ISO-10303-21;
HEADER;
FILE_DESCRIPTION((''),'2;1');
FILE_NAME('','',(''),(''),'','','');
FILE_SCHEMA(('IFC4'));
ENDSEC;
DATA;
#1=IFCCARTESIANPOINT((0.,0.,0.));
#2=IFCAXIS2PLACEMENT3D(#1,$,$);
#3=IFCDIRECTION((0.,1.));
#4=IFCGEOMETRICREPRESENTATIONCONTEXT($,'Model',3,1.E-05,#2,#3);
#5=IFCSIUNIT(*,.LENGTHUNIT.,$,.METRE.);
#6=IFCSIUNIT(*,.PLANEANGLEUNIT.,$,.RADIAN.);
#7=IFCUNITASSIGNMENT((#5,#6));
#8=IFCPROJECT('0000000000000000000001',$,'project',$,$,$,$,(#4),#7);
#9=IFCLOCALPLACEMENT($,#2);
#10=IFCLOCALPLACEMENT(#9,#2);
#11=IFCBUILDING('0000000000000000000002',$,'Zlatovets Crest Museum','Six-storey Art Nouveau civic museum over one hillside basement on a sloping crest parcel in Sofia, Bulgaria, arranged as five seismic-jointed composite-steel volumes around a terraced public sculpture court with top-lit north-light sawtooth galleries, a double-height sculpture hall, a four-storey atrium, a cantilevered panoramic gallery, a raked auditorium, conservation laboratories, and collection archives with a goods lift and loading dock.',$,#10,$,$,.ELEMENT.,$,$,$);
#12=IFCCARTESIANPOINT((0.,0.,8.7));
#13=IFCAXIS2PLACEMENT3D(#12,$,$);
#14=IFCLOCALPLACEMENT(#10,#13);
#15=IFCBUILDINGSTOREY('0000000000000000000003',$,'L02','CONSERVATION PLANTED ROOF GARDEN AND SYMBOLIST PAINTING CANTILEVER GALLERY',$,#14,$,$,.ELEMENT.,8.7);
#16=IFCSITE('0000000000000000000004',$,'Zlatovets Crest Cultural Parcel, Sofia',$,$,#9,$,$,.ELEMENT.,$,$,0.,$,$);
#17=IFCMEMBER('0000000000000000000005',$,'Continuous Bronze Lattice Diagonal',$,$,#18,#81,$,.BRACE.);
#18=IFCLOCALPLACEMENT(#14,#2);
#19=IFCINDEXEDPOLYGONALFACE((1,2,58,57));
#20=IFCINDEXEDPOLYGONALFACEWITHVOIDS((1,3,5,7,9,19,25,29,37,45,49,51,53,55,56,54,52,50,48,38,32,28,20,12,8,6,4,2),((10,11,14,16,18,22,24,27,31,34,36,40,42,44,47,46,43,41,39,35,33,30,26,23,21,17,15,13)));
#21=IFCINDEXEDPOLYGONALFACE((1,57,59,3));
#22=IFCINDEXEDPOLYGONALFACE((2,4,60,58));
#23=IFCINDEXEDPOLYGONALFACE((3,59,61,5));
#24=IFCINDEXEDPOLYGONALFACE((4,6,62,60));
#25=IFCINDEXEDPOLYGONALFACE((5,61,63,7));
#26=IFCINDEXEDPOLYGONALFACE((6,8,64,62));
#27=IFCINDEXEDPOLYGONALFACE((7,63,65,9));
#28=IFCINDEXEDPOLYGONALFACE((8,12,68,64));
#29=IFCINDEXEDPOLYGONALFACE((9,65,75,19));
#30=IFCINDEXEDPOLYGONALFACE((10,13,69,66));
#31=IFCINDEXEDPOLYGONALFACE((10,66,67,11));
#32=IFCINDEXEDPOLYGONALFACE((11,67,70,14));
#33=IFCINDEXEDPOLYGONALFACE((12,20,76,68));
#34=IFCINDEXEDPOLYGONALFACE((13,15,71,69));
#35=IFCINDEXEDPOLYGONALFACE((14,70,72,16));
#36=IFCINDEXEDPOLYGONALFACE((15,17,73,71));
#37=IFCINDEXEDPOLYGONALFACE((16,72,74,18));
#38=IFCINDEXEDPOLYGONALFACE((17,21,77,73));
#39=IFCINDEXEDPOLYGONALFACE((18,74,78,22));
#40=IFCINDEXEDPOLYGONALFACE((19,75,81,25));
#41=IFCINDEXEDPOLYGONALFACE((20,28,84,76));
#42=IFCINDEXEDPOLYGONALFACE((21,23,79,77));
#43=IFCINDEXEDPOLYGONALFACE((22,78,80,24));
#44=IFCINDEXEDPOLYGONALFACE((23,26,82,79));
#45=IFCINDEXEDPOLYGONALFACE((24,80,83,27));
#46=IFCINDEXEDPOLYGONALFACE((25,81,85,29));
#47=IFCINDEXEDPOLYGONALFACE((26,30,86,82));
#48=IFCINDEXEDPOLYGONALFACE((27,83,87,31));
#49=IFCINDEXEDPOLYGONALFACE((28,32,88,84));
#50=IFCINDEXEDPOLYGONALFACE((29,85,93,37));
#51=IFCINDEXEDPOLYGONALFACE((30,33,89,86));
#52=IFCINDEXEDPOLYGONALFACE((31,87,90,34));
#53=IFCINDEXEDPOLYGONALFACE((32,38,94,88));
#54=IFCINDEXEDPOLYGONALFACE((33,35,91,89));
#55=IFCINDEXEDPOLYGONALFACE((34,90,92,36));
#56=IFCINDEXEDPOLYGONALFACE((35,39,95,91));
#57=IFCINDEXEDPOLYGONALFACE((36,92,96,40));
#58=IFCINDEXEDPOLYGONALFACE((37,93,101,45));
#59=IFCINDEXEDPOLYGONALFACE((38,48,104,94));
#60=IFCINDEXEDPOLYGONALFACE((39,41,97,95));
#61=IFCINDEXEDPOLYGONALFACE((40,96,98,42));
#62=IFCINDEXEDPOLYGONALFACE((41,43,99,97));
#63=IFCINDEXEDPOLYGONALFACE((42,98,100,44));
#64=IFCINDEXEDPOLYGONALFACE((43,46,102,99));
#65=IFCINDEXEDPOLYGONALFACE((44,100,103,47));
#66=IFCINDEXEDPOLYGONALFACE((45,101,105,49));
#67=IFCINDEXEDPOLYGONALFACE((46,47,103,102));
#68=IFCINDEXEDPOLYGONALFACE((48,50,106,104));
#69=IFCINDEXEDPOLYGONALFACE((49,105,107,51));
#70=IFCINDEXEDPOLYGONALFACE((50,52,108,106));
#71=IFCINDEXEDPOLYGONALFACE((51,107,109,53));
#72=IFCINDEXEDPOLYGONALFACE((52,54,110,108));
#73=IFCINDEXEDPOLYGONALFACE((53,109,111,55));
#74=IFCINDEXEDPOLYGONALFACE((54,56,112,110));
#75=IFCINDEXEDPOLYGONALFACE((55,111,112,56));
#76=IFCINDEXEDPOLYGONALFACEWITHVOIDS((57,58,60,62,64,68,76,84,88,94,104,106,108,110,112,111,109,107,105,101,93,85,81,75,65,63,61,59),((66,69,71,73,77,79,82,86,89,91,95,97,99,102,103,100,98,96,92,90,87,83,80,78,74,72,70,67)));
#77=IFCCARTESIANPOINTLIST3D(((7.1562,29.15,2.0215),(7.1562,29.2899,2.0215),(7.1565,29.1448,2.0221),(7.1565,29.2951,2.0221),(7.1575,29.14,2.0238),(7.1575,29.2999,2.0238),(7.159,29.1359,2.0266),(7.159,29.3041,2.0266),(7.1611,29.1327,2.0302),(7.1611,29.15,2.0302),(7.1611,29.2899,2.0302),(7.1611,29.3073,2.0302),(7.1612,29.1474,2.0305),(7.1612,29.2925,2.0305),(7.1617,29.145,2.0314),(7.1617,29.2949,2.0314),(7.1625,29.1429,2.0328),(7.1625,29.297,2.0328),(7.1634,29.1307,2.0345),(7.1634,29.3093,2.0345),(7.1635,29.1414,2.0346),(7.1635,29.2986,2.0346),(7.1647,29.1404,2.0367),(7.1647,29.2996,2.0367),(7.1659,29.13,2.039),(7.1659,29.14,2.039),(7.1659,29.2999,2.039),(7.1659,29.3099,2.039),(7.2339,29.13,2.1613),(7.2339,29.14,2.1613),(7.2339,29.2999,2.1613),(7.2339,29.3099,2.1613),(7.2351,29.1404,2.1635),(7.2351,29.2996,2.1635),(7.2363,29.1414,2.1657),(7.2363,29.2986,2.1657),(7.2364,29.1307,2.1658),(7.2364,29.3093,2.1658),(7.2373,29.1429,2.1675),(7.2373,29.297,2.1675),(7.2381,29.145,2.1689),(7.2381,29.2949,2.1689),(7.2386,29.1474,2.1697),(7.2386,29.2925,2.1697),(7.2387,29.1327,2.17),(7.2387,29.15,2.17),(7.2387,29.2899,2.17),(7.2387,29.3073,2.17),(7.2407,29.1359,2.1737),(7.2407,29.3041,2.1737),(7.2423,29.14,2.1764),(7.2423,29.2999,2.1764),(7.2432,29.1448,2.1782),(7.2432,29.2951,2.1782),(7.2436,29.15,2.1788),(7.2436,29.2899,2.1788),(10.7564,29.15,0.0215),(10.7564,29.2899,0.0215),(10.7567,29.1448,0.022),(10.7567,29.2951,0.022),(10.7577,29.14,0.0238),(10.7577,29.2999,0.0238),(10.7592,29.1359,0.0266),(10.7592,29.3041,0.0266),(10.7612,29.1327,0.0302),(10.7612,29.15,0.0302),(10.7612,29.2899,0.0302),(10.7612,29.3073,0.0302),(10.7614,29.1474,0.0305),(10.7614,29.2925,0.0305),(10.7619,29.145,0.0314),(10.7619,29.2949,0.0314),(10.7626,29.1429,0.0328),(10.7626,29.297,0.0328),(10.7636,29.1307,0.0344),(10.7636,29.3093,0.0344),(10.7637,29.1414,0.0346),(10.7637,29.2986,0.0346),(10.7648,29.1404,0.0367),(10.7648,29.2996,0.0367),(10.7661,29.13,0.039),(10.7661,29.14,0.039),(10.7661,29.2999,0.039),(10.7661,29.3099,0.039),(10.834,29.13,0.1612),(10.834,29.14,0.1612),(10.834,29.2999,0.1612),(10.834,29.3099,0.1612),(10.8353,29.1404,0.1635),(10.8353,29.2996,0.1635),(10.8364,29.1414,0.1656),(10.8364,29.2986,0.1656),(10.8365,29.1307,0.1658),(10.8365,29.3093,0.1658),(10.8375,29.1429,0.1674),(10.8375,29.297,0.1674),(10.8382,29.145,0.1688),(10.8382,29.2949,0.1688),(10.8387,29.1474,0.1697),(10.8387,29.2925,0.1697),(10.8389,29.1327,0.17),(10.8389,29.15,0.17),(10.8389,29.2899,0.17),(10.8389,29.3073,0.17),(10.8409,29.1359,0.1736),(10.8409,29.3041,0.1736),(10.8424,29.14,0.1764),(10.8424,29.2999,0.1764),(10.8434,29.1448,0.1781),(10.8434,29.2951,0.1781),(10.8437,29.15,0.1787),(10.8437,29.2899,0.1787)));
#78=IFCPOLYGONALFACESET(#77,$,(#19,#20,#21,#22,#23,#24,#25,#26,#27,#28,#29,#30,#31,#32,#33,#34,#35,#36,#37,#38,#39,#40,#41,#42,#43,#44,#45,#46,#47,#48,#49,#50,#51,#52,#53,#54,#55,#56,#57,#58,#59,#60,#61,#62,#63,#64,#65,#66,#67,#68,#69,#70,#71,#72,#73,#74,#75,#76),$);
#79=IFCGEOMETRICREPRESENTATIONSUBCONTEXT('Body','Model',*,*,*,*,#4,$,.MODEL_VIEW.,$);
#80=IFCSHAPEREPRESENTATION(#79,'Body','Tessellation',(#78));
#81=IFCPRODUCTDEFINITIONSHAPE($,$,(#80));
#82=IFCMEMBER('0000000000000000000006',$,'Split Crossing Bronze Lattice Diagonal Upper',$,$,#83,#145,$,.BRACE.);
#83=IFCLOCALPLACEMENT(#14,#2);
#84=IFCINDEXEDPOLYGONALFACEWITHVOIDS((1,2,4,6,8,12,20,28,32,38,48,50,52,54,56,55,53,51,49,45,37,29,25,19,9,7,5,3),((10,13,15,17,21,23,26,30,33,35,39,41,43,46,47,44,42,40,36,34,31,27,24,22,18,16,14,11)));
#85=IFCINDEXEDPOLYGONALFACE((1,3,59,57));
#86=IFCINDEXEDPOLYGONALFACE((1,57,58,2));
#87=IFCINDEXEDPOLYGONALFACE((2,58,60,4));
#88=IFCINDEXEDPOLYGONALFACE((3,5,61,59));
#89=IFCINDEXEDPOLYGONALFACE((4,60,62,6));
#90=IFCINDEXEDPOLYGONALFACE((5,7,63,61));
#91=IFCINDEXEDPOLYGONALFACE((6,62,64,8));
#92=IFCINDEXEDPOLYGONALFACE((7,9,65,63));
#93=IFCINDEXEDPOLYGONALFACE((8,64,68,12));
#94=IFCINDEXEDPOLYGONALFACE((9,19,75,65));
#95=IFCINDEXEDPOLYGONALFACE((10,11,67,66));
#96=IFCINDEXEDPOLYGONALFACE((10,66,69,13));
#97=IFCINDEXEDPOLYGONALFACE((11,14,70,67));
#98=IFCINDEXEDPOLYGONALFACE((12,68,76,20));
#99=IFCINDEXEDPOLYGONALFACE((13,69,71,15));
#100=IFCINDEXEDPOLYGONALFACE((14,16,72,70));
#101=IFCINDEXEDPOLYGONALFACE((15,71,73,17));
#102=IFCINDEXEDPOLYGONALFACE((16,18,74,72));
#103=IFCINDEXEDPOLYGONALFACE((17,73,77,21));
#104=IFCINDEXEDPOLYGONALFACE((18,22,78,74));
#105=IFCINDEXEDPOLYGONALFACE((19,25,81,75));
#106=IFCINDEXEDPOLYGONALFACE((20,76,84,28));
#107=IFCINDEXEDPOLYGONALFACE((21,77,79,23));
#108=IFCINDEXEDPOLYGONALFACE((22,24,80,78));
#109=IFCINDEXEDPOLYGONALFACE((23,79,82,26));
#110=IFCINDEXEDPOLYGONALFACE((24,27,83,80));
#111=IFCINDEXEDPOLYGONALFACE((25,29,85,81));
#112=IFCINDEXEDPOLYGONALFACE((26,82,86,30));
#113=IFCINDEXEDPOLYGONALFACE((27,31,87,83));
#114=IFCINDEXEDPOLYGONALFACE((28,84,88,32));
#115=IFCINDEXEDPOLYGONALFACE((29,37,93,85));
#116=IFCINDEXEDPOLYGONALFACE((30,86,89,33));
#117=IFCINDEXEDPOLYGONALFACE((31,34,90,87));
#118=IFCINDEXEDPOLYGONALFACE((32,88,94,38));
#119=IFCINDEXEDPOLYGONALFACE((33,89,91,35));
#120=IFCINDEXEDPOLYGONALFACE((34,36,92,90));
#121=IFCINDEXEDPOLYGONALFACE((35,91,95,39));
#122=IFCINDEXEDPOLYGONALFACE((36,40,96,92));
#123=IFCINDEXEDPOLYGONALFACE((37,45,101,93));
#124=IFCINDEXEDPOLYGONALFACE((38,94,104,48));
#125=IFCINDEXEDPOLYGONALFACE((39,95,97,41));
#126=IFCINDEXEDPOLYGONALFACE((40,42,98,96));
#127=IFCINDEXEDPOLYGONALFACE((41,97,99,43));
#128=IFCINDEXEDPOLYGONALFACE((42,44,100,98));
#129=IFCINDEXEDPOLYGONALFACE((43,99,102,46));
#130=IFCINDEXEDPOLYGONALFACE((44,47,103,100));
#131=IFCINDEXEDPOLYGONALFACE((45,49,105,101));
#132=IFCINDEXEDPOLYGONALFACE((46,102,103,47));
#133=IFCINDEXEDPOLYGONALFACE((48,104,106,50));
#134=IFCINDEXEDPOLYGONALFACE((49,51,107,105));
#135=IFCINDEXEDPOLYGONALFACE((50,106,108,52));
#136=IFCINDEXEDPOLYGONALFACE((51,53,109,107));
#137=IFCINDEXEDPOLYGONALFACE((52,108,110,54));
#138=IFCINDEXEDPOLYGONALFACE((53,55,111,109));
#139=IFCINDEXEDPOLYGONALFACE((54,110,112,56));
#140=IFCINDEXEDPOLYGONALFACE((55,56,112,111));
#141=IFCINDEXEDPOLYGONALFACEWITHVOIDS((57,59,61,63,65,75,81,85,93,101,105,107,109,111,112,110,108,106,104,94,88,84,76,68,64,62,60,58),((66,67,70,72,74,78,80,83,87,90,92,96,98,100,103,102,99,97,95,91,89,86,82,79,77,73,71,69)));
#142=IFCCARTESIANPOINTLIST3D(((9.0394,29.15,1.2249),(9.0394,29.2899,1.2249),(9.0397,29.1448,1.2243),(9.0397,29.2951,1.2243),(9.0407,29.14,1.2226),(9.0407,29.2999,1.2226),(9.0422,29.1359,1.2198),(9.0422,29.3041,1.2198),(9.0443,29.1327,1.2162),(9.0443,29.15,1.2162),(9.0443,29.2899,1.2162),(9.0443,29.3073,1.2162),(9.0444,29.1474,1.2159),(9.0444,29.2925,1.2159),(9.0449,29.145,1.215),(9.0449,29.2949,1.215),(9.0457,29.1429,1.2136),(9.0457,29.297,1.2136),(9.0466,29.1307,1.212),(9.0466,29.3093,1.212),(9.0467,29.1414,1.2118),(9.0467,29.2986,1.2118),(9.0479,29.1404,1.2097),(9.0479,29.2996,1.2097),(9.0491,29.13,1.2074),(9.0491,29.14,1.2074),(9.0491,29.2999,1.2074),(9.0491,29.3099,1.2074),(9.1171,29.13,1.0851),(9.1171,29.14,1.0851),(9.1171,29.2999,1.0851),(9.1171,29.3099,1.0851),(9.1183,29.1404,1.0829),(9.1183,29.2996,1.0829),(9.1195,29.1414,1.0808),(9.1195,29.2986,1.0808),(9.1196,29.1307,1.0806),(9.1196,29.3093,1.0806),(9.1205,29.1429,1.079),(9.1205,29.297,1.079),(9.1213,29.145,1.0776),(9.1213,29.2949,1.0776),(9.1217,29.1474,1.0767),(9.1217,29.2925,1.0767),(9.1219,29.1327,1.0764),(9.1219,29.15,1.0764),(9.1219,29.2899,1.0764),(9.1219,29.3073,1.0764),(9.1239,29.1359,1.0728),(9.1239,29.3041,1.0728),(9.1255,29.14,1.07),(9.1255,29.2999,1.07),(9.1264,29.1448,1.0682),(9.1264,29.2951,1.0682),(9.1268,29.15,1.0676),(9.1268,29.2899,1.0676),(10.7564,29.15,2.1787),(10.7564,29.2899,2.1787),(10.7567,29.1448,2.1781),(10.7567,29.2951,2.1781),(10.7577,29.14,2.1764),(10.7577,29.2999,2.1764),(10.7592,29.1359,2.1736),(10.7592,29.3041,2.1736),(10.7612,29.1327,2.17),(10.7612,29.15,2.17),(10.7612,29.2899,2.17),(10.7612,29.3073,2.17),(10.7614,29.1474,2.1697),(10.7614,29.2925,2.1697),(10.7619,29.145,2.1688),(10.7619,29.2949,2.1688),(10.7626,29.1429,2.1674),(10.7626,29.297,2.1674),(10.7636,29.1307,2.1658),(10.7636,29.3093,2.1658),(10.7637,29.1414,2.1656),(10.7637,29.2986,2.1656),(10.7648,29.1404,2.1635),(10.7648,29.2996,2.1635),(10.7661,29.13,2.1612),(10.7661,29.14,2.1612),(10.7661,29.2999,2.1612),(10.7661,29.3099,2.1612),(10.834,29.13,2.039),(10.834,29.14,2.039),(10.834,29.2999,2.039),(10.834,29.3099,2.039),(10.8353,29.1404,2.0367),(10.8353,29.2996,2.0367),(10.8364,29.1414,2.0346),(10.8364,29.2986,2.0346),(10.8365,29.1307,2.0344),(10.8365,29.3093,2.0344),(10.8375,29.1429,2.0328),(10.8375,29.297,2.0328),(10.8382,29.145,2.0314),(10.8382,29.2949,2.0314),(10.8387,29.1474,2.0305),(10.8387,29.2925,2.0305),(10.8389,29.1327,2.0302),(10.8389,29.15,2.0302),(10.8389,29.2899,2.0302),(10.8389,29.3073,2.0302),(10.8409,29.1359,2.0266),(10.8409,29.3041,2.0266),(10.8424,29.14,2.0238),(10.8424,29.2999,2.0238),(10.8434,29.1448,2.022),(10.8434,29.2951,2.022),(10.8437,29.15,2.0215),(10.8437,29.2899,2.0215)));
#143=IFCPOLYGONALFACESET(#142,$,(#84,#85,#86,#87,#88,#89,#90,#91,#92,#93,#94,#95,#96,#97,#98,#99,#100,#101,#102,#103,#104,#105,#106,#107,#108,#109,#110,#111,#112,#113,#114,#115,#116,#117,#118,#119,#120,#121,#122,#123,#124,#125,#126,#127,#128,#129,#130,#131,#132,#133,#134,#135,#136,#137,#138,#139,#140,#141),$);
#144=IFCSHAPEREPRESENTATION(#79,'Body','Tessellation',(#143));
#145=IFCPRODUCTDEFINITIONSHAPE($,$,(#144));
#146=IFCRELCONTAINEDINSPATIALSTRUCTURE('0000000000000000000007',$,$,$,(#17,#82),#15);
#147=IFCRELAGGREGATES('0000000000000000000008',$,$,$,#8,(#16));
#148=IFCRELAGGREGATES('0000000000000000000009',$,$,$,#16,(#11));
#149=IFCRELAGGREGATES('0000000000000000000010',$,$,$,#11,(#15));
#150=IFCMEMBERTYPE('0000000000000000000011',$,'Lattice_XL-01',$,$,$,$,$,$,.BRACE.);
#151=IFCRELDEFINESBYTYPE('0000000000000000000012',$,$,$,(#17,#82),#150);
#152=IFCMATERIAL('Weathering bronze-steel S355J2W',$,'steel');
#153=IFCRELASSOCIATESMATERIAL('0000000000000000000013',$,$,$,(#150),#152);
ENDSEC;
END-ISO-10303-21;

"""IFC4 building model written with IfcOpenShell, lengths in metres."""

from ifc_helpers import new_model, si_unit, direction, frame, origin, origin_2d, place, context, subcontext, project, spatial, hollow_rectangle, extrude, material, material_profile, profile_set, type_object, element, save


model = new_model("IFC4")

# Units and contexts
model_context = context("Model", 3, precision=1e-05, world=origin(), true_north=direction((0.0, 1.0)))
body_context = subcontext(model_context, "Body", "Model", "MODEL_VIEW")
ifc_project = project(units=[si_unit("LENGTHUNIT", "METRE"), si_unit("PLANEANGLEUNIT", "RADIAN")], contexts=[model_context])

# Site, building, storey
site_placement = place(None, origin())
site = spatial("IfcSite", under=ifc_project, at=site_placement, Name="Zlatovets Crest Cultural Parcel, Sofia", CompositionType="ELEMENT", RefElevation=0.0)
building_placement = place(site_placement, origin())
building = spatial("IfcBuilding", under=site, at=building_placement, Name="Zlatovets Crest Museum", Description="Six-storey Art Nouveau civic museum over one hillside basement on a sloping crest parcel in Sofia, Bulgaria, arranged as five seismic-jointed composite-steel volumes around a terraced public sculpture court with top-lit north-light sawtooth galleries, a double-height sculpture hall, a four-storey atrium, a cantilevered panoramic gallery, a raked auditorium, conservation laboratories, and collection archives with a goods lift and loading dock.", CompositionType="ELEMENT")
storey_placement = place(building_placement, frame((0.0, 0.0, 8.7)))
storey = spatial("IfcBuildingStorey", under=building, at=storey_placement, Name="L02", Description="CONSERVATION PLANTED ROOF GARDEN AND SYMBOLIST PAINTING CANTILEVER GALLERY", CompositionType="ELEMENT", Elevation=8.7)

# Members
ifc_material_1 = material(Name="Weathering bronze-steel S355J2W", Category="steel")
ifc_material_profile_1 = material_profile(ifc_material_1, hollow_rectangle(XDim=0.1799, YDim=0.1799, WallThickness=0.01, InnerFilletRadius=0.01, OuterFilletRadius=0.02, at=origin_2d()), Name="SHS 180x180x10.0")
ifc_profile_set_1 = profile_set([ifc_material_profile_1], Name="Weathering bronze-steel S355J2W")
member_type_1 = type_object("IfcMemberType", Name="Lattice_XL-01", PredefinedType="BRACE", material=ifc_profile_set_1)
member_1_placement = place(storey_placement, frame((10.8, 29.22, 0.1001), z_axis=(-0.874163, 0.0, 0.485633), x_axis=(0.0, -1.0, 0.0)))
element("IfcMember", 1, at=member_1_placement, inside=storey, type_object=member_type_1, Name="Continuous Bronze Lattice Diagonal", PredefinedType="BRACE", context=body_context, shape_type="SweptSolid", body=[
    extrude(hollow_rectangle(XDim=0.1799, YDim=0.1799, WallThickness=0.01, InnerFilletRadius=0.01, OuterFilletRadius=0.02, at=origin_2d()), origin(), (0.0, 0.0, 1.0), 4.1184),
])
for number, where, z_axis, x_axis, name in (
    (2, (10.8, 29.22, 2.1001), (-0.874169, 0.0, -0.485622), (0.0, -1.0, 0.0), "Split Crossing Bronze Lattice Diagonal Upper"),
):
    element("IfcMember", number, at=place(storey_placement, frame(where, z_axis=z_axis, x_axis=x_axis)), inside=storey, type_object=member_type_1, Name=name, PredefinedType="BRACE", context=body_context, shape_type="SweptSolid", body=[
        extrude(hollow_rectangle(XDim=0.1799, YDim=0.1799, WallThickness=0.01, InnerFilletRadius=0.01, OuterFilletRadius=0.02, at=origin_2d()), origin(), (0.0, 0.0, 1.0), 1.9641),
    ])

save(model, "model.ifc")
